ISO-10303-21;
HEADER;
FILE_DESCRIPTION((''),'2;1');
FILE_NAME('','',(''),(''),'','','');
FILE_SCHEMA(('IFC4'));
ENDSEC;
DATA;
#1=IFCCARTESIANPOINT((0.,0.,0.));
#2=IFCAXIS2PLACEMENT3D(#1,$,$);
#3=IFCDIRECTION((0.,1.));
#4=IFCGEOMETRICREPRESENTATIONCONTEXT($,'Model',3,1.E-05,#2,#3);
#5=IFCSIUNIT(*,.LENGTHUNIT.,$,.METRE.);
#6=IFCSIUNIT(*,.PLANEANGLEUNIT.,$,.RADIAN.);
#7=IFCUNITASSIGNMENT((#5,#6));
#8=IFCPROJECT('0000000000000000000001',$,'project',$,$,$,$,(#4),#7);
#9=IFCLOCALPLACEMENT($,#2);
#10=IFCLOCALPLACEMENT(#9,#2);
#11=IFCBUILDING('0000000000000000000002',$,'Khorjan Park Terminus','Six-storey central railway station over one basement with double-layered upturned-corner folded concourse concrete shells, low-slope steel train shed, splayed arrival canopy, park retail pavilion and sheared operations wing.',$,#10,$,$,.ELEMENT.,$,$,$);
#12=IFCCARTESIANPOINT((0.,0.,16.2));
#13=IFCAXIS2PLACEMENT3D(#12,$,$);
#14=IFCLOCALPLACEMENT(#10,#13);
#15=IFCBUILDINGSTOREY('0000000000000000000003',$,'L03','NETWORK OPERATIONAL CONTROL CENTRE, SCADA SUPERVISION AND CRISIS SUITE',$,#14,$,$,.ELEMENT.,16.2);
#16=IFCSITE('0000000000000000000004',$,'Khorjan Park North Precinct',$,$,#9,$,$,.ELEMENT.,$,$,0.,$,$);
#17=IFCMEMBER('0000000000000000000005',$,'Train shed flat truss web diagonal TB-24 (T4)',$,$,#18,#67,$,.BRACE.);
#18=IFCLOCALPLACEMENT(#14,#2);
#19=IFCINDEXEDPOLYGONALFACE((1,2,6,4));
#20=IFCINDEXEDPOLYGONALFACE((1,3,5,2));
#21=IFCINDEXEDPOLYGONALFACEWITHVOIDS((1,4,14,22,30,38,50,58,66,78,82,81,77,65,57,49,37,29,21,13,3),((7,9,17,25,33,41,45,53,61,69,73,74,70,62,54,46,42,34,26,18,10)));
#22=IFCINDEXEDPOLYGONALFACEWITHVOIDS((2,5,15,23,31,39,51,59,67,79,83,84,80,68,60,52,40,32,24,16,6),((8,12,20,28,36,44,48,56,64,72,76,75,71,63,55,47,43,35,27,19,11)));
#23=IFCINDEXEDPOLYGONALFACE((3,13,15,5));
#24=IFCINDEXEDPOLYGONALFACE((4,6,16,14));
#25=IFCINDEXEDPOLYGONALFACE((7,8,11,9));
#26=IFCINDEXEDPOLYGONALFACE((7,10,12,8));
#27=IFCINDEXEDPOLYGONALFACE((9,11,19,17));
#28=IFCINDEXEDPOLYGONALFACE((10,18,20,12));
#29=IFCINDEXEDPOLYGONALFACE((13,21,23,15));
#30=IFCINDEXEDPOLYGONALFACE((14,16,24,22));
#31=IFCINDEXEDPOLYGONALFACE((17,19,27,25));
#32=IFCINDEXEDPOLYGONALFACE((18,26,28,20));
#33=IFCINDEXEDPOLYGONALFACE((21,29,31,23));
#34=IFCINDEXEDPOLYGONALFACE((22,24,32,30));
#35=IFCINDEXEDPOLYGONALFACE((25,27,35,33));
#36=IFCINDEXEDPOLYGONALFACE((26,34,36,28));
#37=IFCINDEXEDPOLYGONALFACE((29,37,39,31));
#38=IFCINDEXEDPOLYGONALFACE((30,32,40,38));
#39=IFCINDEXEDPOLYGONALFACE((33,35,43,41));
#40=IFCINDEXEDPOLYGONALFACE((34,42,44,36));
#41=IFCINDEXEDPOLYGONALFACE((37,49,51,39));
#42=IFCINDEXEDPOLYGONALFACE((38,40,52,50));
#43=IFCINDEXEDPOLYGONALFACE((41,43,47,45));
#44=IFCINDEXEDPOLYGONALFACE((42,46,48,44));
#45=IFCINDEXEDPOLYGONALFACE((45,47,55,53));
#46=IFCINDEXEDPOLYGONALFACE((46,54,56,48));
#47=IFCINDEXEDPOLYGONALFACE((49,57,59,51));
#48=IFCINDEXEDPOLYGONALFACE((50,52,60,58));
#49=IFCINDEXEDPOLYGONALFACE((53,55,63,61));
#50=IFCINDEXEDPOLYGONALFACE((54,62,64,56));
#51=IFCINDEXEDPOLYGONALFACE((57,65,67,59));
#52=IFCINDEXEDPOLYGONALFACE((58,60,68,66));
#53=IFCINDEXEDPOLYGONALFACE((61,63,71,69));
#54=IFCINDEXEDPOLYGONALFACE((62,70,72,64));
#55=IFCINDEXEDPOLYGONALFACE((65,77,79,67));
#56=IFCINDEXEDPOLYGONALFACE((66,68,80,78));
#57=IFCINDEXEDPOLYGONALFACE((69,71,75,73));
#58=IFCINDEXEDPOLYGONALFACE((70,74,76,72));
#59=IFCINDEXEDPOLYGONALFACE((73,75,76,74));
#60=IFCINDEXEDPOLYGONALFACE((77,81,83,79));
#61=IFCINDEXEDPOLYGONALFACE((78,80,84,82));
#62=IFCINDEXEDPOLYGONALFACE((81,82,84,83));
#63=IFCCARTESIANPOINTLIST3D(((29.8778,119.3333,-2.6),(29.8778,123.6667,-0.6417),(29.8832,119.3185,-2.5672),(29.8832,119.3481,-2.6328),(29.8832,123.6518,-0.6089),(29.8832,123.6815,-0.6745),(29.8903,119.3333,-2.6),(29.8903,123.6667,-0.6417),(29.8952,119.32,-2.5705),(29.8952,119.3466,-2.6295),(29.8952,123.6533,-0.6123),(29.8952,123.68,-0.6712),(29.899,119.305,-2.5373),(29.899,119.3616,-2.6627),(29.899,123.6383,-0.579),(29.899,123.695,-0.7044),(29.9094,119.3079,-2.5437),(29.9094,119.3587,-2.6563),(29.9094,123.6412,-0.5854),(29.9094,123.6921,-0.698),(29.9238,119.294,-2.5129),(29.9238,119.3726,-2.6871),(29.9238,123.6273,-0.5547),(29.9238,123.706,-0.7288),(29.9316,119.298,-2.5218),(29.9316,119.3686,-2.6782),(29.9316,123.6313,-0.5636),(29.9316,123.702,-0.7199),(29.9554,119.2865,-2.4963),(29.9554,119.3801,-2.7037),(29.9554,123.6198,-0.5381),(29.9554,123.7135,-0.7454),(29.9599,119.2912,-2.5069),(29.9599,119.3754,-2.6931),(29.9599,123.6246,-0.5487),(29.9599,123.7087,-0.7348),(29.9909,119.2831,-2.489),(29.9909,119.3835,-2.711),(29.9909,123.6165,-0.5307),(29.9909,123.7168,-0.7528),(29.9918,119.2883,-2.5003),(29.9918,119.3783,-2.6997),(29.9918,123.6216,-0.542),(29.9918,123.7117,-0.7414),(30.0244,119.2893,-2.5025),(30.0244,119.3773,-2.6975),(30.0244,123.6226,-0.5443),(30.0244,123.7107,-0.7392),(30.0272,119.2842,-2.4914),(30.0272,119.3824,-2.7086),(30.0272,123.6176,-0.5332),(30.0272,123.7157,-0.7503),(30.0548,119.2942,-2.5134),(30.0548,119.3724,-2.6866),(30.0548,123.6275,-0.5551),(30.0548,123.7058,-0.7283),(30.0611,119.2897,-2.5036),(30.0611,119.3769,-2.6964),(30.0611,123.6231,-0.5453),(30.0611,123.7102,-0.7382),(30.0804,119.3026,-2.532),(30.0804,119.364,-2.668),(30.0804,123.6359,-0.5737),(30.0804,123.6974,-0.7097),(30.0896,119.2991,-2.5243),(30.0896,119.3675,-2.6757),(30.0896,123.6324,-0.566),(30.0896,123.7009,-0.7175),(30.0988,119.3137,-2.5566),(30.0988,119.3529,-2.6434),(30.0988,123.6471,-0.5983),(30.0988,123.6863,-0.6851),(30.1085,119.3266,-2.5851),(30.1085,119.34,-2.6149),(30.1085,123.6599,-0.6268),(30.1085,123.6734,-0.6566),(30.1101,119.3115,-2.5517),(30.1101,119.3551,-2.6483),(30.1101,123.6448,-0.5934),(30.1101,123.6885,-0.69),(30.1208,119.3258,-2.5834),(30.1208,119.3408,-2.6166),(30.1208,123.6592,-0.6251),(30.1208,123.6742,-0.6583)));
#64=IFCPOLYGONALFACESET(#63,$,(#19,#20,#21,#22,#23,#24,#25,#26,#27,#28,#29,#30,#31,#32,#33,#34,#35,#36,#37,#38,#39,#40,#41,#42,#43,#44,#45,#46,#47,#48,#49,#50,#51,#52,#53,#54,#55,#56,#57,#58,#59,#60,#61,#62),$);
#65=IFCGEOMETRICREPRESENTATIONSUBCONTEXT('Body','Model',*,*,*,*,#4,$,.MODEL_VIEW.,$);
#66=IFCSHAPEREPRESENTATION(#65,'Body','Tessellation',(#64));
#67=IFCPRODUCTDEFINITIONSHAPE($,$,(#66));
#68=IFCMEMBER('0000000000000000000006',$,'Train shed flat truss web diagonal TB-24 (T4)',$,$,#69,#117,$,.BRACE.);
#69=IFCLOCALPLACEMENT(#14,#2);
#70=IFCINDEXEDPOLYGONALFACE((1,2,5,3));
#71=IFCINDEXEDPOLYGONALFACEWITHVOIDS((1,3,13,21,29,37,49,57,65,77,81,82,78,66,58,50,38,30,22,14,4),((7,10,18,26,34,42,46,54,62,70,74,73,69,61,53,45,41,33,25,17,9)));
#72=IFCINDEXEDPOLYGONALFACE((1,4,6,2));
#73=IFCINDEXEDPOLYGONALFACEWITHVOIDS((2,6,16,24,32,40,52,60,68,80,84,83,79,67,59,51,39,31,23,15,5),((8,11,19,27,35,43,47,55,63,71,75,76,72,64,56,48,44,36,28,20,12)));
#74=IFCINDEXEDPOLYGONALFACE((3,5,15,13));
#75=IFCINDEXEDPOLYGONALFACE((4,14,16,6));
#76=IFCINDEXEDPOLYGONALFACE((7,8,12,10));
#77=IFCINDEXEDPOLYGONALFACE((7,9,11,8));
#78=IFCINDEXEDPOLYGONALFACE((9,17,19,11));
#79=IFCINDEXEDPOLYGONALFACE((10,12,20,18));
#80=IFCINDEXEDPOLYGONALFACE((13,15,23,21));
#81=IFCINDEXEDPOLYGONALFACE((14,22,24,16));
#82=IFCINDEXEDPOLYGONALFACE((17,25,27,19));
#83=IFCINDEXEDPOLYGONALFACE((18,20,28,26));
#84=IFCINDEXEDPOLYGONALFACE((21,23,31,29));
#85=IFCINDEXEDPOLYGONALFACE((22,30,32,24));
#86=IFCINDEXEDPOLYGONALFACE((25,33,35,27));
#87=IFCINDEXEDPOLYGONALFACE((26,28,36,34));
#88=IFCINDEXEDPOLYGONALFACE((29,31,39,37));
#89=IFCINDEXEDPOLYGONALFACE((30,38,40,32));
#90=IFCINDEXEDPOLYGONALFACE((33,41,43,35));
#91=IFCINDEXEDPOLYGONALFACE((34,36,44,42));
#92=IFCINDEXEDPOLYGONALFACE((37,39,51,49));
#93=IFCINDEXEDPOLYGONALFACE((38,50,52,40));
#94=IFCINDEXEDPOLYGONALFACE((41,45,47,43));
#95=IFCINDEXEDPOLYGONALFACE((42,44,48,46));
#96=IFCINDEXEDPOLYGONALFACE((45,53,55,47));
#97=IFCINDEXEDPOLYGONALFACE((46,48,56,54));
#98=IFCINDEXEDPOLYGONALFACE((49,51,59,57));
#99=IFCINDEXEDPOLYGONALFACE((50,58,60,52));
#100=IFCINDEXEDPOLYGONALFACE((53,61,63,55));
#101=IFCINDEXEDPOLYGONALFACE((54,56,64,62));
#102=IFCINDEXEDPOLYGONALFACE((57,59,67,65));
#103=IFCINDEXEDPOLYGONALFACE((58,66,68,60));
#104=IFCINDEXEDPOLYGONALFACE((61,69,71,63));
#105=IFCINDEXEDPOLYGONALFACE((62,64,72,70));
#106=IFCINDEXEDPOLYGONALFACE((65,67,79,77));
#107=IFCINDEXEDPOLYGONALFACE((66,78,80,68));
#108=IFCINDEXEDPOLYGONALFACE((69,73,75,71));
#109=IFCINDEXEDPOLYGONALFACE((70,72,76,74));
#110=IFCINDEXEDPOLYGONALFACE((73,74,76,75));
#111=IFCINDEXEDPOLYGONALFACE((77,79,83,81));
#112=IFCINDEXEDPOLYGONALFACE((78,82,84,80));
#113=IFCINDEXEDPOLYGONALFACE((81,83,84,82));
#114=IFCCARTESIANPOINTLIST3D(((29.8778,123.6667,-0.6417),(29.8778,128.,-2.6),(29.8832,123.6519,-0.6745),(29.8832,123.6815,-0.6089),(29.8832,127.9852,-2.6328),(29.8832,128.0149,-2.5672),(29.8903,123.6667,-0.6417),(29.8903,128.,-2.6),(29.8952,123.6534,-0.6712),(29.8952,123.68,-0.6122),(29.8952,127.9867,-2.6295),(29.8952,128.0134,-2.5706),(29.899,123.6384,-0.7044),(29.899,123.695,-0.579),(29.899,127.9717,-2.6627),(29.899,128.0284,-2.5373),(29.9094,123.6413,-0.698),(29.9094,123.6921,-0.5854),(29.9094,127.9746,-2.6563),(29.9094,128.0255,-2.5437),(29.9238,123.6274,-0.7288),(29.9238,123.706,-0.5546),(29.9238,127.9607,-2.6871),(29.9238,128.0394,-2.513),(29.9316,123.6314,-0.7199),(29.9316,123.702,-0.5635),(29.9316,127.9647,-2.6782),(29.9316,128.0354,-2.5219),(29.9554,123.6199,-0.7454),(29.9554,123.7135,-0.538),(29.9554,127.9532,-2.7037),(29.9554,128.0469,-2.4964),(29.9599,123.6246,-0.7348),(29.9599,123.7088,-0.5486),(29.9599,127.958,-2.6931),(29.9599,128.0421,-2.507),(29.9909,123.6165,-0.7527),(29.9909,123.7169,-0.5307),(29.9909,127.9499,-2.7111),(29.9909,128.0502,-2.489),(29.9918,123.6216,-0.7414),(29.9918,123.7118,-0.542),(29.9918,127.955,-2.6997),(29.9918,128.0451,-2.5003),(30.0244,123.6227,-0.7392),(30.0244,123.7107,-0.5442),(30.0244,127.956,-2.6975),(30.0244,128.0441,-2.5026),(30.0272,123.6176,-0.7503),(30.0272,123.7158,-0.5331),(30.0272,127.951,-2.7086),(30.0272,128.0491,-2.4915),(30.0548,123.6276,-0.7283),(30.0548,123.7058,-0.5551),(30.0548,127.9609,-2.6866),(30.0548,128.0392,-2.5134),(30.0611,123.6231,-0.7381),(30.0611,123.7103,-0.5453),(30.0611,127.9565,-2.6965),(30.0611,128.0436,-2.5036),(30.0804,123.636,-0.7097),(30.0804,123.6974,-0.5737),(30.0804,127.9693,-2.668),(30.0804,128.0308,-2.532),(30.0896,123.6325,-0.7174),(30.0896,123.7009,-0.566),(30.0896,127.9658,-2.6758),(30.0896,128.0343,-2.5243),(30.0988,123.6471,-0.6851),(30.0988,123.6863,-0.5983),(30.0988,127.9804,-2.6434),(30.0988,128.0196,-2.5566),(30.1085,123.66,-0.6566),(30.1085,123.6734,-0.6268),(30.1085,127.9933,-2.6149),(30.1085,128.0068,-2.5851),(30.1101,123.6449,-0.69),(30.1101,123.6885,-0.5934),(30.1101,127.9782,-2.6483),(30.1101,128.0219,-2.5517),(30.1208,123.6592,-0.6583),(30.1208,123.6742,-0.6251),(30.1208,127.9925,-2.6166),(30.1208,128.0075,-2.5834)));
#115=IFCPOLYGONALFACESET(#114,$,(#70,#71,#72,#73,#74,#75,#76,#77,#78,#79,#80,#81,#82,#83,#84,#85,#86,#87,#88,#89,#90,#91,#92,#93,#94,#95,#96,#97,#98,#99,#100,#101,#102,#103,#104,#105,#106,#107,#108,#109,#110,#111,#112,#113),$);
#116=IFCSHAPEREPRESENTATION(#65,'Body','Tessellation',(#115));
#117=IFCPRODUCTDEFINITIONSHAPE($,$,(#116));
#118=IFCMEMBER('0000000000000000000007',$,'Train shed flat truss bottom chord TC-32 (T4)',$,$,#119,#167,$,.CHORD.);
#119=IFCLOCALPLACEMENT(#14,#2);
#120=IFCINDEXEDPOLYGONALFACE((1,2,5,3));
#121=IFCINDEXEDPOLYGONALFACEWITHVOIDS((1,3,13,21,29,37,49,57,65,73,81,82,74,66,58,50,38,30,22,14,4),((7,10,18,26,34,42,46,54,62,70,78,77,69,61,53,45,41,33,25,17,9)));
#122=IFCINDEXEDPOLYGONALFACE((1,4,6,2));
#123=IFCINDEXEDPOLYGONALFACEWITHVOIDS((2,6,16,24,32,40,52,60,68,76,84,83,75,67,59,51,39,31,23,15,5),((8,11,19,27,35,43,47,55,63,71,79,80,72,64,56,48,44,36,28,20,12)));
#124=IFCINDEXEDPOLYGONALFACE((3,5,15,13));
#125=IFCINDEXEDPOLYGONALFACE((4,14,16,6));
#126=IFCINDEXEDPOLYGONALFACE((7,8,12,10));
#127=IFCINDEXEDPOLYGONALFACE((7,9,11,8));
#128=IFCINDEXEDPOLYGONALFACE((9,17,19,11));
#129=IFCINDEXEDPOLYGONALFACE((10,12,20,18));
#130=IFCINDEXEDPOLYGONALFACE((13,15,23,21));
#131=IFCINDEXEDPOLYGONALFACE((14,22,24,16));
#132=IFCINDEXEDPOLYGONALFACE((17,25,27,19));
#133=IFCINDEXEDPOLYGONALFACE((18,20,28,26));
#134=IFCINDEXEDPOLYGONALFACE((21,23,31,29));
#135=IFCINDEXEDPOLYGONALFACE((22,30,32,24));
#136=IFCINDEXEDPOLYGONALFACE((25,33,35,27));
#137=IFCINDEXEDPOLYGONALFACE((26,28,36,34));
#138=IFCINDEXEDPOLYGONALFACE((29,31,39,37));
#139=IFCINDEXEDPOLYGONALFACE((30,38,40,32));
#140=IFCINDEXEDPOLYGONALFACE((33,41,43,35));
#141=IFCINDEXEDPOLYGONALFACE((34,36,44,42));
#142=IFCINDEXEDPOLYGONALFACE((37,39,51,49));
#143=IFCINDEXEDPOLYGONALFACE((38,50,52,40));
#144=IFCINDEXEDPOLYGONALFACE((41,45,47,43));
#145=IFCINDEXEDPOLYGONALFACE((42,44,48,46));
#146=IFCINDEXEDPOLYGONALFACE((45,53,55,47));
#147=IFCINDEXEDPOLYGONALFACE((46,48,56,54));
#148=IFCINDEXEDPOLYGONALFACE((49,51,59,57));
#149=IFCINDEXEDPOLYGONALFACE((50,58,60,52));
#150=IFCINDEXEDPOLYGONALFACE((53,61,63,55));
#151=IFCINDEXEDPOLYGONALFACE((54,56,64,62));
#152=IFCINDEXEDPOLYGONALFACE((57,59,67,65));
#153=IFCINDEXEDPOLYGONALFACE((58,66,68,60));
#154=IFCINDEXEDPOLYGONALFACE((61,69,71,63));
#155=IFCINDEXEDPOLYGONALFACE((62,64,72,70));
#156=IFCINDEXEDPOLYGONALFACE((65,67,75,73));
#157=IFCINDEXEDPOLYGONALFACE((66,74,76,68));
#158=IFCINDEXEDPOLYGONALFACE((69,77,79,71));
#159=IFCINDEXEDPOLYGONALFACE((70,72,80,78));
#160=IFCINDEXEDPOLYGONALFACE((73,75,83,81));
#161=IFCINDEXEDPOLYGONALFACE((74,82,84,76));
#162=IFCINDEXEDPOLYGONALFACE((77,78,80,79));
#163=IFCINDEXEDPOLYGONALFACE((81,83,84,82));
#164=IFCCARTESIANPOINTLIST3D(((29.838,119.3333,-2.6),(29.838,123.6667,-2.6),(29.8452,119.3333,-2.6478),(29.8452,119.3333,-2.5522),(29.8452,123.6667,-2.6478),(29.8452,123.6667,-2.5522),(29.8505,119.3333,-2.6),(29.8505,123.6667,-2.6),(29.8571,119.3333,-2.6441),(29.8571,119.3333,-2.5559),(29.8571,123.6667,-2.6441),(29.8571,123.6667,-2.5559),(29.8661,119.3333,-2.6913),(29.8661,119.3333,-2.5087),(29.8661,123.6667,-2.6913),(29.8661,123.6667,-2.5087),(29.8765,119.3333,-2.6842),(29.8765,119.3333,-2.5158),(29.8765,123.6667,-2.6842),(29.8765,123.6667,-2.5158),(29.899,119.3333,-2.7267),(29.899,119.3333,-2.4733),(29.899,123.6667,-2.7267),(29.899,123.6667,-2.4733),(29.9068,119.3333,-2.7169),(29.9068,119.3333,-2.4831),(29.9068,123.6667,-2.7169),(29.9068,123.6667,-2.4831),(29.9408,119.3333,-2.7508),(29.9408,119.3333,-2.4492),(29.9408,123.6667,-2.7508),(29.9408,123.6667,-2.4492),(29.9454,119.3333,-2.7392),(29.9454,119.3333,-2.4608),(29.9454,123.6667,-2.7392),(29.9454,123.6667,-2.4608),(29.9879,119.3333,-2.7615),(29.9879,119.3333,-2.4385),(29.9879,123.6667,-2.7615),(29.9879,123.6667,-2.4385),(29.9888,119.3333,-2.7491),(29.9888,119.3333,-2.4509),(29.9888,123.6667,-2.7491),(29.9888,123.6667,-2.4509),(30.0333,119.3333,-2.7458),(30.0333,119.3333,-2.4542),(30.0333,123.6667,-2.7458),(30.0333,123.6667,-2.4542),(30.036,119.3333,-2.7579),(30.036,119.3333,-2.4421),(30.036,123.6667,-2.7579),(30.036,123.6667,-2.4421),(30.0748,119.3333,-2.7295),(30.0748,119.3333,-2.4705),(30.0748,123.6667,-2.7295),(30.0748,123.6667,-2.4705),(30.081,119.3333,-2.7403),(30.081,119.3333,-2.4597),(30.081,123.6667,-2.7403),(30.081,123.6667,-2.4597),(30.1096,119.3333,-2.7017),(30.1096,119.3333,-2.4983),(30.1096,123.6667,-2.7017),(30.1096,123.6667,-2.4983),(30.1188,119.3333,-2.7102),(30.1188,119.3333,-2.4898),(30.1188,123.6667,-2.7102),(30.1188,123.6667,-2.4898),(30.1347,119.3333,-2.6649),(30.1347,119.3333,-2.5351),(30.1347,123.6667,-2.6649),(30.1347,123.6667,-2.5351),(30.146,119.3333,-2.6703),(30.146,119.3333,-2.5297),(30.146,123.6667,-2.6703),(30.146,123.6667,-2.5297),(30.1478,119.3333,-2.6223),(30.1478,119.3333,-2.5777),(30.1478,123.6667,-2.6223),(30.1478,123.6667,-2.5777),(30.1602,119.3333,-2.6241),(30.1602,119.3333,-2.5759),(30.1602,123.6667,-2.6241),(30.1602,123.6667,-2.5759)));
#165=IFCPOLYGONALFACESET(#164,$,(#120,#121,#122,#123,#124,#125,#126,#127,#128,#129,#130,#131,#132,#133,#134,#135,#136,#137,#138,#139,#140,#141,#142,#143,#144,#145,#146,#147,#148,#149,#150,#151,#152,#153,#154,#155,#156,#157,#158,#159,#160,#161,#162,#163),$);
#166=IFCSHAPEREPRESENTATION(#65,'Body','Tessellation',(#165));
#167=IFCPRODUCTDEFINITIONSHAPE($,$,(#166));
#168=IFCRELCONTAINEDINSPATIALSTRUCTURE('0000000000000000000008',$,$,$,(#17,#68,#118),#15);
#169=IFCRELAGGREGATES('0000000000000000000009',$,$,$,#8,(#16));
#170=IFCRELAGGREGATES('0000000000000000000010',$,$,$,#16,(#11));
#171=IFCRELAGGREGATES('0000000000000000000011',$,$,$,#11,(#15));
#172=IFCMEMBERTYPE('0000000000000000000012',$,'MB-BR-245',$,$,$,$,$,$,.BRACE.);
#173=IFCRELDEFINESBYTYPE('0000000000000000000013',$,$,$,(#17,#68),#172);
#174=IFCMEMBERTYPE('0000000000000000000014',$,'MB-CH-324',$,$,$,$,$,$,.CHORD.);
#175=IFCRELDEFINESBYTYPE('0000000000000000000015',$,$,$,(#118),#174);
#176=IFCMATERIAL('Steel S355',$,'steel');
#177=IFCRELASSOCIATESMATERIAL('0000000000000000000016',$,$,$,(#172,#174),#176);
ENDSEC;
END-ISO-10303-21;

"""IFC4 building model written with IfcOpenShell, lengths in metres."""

from ifc_helpers import new_model, si_unit, direction, frame, origin, origin_2d, place, context, subcontext, project, spatial, hollow_circle, extrude, material, material_profile, profile_set, type_object, element, save


model = new_model("IFC4")

# Units and contexts
model_context = context("Model", 3, precision=1e-05, world=origin(), true_north=direction((0.0, 1.0)))
body_context = subcontext(model_context, "Body", "Model", "MODEL_VIEW")
ifc_project = project(units=[si_unit("LENGTHUNIT", "METRE"), si_unit("PLANEANGLEUNIT", "RADIAN")], contexts=[model_context])

# Site, building, storey
site_placement = place(None, origin())
site = spatial("IfcSite", under=ifc_project, at=site_placement, Name="Khorjan Park North Precinct", CompositionType="ELEMENT", RefElevation=0.0)
building_placement = place(site_placement, origin())
building = spatial("IfcBuilding", under=site, at=building_placement, Name="Khorjan Park Terminus", Description="Six-storey central railway station over one basement with double-layered upturned-corner folded concourse concrete shells, low-slope steel train shed, splayed arrival canopy, park retail pavilion and sheared operations wing.", CompositionType="ELEMENT")
storey_placement = place(building_placement, frame((0.0, 0.0, 16.2)))
storey = spatial("IfcBuildingStorey", under=building, at=storey_placement, Name="L03", Description="NETWORK OPERATIONAL CONTROL CENTRE, SCADA SUPERVISION AND CRISIS SUITE", CompositionType="ELEMENT", Elevation=16.2)

# Members
ifc_material = material(Name="Steel S355", Category="steel")
ifc_material_profile_1 = material_profile(ifc_material, hollow_circle(Radius=0.1222, WallThickness=0.0125, at=origin_2d()), Name="CHS 244.5x12.5")
ifc_profile_set_1 = profile_set([ifc_material_profile_1], Name="Steel S355")
member_type_1 = type_object("IfcMemberType", Name="MB-BR-245", PredefinedType="BRACE", material=ifc_profile_set_1)
for number, where, z_axis, x_axis, name in (
    (1, (30.0, 119.3333, -2.6), (0.0, 0.91127, 0.41181), (-1.0, 0.0, 0.0), "Train shed flat truss web diagonal TB-24 (T4)"),
    (2, (30.0, 123.6667, -0.6417), (0.0, 0.911266, -0.411818), (-1.0, 0.0, 0.0), "Train shed flat truss web diagonal TB-24 (T4)"),
):
    element("IfcMember", number, at=place(storey_placement, frame(where, z_axis=z_axis, x_axis=x_axis)), inside=storey, type_object=member_type_1, Name=name, PredefinedType="BRACE", context=body_context, shape_type="SweptSolid", body=[
        extrude(hollow_circle(Radius=0.1222, WallThickness=0.0125, at=origin_2d()), origin(), (0.0, 0.0, 1.0), 4.7553),
    ])
ifc_material_profile_2 = material_profile(ifc_material, hollow_circle(Radius=0.162, WallThickness=0.0125, at=origin_2d()), Name="CHS 323.9x12.5")
ifc_profile_set_2 = profile_set([ifc_material_profile_2], Name="Steel S355")
member_type_2 = type_object("IfcMemberType", Name="MB-CH-324", PredefinedType="CHORD", material=ifc_profile_set_2)
member_1_placement = place(storey_placement, frame((30.0, 119.3333, -2.6), z_axis=(0.0, 1.0, 0.0), x_axis=(-1.0, 0.0, 0.0)))
element("IfcMember", 3, at=member_1_placement, inside=storey, type_object=member_type_2, Name="Train shed flat truss bottom chord TC-32 (T4)", PredefinedType="CHORD", context=body_context, shape_type="SweptSolid", body=[
    extrude(hollow_circle(Radius=0.162, WallThickness=0.0125, at=origin_2d()), origin(), (0.0, 0.0, 1.0), 4.3334),
])

save(model, "model.ifc")
